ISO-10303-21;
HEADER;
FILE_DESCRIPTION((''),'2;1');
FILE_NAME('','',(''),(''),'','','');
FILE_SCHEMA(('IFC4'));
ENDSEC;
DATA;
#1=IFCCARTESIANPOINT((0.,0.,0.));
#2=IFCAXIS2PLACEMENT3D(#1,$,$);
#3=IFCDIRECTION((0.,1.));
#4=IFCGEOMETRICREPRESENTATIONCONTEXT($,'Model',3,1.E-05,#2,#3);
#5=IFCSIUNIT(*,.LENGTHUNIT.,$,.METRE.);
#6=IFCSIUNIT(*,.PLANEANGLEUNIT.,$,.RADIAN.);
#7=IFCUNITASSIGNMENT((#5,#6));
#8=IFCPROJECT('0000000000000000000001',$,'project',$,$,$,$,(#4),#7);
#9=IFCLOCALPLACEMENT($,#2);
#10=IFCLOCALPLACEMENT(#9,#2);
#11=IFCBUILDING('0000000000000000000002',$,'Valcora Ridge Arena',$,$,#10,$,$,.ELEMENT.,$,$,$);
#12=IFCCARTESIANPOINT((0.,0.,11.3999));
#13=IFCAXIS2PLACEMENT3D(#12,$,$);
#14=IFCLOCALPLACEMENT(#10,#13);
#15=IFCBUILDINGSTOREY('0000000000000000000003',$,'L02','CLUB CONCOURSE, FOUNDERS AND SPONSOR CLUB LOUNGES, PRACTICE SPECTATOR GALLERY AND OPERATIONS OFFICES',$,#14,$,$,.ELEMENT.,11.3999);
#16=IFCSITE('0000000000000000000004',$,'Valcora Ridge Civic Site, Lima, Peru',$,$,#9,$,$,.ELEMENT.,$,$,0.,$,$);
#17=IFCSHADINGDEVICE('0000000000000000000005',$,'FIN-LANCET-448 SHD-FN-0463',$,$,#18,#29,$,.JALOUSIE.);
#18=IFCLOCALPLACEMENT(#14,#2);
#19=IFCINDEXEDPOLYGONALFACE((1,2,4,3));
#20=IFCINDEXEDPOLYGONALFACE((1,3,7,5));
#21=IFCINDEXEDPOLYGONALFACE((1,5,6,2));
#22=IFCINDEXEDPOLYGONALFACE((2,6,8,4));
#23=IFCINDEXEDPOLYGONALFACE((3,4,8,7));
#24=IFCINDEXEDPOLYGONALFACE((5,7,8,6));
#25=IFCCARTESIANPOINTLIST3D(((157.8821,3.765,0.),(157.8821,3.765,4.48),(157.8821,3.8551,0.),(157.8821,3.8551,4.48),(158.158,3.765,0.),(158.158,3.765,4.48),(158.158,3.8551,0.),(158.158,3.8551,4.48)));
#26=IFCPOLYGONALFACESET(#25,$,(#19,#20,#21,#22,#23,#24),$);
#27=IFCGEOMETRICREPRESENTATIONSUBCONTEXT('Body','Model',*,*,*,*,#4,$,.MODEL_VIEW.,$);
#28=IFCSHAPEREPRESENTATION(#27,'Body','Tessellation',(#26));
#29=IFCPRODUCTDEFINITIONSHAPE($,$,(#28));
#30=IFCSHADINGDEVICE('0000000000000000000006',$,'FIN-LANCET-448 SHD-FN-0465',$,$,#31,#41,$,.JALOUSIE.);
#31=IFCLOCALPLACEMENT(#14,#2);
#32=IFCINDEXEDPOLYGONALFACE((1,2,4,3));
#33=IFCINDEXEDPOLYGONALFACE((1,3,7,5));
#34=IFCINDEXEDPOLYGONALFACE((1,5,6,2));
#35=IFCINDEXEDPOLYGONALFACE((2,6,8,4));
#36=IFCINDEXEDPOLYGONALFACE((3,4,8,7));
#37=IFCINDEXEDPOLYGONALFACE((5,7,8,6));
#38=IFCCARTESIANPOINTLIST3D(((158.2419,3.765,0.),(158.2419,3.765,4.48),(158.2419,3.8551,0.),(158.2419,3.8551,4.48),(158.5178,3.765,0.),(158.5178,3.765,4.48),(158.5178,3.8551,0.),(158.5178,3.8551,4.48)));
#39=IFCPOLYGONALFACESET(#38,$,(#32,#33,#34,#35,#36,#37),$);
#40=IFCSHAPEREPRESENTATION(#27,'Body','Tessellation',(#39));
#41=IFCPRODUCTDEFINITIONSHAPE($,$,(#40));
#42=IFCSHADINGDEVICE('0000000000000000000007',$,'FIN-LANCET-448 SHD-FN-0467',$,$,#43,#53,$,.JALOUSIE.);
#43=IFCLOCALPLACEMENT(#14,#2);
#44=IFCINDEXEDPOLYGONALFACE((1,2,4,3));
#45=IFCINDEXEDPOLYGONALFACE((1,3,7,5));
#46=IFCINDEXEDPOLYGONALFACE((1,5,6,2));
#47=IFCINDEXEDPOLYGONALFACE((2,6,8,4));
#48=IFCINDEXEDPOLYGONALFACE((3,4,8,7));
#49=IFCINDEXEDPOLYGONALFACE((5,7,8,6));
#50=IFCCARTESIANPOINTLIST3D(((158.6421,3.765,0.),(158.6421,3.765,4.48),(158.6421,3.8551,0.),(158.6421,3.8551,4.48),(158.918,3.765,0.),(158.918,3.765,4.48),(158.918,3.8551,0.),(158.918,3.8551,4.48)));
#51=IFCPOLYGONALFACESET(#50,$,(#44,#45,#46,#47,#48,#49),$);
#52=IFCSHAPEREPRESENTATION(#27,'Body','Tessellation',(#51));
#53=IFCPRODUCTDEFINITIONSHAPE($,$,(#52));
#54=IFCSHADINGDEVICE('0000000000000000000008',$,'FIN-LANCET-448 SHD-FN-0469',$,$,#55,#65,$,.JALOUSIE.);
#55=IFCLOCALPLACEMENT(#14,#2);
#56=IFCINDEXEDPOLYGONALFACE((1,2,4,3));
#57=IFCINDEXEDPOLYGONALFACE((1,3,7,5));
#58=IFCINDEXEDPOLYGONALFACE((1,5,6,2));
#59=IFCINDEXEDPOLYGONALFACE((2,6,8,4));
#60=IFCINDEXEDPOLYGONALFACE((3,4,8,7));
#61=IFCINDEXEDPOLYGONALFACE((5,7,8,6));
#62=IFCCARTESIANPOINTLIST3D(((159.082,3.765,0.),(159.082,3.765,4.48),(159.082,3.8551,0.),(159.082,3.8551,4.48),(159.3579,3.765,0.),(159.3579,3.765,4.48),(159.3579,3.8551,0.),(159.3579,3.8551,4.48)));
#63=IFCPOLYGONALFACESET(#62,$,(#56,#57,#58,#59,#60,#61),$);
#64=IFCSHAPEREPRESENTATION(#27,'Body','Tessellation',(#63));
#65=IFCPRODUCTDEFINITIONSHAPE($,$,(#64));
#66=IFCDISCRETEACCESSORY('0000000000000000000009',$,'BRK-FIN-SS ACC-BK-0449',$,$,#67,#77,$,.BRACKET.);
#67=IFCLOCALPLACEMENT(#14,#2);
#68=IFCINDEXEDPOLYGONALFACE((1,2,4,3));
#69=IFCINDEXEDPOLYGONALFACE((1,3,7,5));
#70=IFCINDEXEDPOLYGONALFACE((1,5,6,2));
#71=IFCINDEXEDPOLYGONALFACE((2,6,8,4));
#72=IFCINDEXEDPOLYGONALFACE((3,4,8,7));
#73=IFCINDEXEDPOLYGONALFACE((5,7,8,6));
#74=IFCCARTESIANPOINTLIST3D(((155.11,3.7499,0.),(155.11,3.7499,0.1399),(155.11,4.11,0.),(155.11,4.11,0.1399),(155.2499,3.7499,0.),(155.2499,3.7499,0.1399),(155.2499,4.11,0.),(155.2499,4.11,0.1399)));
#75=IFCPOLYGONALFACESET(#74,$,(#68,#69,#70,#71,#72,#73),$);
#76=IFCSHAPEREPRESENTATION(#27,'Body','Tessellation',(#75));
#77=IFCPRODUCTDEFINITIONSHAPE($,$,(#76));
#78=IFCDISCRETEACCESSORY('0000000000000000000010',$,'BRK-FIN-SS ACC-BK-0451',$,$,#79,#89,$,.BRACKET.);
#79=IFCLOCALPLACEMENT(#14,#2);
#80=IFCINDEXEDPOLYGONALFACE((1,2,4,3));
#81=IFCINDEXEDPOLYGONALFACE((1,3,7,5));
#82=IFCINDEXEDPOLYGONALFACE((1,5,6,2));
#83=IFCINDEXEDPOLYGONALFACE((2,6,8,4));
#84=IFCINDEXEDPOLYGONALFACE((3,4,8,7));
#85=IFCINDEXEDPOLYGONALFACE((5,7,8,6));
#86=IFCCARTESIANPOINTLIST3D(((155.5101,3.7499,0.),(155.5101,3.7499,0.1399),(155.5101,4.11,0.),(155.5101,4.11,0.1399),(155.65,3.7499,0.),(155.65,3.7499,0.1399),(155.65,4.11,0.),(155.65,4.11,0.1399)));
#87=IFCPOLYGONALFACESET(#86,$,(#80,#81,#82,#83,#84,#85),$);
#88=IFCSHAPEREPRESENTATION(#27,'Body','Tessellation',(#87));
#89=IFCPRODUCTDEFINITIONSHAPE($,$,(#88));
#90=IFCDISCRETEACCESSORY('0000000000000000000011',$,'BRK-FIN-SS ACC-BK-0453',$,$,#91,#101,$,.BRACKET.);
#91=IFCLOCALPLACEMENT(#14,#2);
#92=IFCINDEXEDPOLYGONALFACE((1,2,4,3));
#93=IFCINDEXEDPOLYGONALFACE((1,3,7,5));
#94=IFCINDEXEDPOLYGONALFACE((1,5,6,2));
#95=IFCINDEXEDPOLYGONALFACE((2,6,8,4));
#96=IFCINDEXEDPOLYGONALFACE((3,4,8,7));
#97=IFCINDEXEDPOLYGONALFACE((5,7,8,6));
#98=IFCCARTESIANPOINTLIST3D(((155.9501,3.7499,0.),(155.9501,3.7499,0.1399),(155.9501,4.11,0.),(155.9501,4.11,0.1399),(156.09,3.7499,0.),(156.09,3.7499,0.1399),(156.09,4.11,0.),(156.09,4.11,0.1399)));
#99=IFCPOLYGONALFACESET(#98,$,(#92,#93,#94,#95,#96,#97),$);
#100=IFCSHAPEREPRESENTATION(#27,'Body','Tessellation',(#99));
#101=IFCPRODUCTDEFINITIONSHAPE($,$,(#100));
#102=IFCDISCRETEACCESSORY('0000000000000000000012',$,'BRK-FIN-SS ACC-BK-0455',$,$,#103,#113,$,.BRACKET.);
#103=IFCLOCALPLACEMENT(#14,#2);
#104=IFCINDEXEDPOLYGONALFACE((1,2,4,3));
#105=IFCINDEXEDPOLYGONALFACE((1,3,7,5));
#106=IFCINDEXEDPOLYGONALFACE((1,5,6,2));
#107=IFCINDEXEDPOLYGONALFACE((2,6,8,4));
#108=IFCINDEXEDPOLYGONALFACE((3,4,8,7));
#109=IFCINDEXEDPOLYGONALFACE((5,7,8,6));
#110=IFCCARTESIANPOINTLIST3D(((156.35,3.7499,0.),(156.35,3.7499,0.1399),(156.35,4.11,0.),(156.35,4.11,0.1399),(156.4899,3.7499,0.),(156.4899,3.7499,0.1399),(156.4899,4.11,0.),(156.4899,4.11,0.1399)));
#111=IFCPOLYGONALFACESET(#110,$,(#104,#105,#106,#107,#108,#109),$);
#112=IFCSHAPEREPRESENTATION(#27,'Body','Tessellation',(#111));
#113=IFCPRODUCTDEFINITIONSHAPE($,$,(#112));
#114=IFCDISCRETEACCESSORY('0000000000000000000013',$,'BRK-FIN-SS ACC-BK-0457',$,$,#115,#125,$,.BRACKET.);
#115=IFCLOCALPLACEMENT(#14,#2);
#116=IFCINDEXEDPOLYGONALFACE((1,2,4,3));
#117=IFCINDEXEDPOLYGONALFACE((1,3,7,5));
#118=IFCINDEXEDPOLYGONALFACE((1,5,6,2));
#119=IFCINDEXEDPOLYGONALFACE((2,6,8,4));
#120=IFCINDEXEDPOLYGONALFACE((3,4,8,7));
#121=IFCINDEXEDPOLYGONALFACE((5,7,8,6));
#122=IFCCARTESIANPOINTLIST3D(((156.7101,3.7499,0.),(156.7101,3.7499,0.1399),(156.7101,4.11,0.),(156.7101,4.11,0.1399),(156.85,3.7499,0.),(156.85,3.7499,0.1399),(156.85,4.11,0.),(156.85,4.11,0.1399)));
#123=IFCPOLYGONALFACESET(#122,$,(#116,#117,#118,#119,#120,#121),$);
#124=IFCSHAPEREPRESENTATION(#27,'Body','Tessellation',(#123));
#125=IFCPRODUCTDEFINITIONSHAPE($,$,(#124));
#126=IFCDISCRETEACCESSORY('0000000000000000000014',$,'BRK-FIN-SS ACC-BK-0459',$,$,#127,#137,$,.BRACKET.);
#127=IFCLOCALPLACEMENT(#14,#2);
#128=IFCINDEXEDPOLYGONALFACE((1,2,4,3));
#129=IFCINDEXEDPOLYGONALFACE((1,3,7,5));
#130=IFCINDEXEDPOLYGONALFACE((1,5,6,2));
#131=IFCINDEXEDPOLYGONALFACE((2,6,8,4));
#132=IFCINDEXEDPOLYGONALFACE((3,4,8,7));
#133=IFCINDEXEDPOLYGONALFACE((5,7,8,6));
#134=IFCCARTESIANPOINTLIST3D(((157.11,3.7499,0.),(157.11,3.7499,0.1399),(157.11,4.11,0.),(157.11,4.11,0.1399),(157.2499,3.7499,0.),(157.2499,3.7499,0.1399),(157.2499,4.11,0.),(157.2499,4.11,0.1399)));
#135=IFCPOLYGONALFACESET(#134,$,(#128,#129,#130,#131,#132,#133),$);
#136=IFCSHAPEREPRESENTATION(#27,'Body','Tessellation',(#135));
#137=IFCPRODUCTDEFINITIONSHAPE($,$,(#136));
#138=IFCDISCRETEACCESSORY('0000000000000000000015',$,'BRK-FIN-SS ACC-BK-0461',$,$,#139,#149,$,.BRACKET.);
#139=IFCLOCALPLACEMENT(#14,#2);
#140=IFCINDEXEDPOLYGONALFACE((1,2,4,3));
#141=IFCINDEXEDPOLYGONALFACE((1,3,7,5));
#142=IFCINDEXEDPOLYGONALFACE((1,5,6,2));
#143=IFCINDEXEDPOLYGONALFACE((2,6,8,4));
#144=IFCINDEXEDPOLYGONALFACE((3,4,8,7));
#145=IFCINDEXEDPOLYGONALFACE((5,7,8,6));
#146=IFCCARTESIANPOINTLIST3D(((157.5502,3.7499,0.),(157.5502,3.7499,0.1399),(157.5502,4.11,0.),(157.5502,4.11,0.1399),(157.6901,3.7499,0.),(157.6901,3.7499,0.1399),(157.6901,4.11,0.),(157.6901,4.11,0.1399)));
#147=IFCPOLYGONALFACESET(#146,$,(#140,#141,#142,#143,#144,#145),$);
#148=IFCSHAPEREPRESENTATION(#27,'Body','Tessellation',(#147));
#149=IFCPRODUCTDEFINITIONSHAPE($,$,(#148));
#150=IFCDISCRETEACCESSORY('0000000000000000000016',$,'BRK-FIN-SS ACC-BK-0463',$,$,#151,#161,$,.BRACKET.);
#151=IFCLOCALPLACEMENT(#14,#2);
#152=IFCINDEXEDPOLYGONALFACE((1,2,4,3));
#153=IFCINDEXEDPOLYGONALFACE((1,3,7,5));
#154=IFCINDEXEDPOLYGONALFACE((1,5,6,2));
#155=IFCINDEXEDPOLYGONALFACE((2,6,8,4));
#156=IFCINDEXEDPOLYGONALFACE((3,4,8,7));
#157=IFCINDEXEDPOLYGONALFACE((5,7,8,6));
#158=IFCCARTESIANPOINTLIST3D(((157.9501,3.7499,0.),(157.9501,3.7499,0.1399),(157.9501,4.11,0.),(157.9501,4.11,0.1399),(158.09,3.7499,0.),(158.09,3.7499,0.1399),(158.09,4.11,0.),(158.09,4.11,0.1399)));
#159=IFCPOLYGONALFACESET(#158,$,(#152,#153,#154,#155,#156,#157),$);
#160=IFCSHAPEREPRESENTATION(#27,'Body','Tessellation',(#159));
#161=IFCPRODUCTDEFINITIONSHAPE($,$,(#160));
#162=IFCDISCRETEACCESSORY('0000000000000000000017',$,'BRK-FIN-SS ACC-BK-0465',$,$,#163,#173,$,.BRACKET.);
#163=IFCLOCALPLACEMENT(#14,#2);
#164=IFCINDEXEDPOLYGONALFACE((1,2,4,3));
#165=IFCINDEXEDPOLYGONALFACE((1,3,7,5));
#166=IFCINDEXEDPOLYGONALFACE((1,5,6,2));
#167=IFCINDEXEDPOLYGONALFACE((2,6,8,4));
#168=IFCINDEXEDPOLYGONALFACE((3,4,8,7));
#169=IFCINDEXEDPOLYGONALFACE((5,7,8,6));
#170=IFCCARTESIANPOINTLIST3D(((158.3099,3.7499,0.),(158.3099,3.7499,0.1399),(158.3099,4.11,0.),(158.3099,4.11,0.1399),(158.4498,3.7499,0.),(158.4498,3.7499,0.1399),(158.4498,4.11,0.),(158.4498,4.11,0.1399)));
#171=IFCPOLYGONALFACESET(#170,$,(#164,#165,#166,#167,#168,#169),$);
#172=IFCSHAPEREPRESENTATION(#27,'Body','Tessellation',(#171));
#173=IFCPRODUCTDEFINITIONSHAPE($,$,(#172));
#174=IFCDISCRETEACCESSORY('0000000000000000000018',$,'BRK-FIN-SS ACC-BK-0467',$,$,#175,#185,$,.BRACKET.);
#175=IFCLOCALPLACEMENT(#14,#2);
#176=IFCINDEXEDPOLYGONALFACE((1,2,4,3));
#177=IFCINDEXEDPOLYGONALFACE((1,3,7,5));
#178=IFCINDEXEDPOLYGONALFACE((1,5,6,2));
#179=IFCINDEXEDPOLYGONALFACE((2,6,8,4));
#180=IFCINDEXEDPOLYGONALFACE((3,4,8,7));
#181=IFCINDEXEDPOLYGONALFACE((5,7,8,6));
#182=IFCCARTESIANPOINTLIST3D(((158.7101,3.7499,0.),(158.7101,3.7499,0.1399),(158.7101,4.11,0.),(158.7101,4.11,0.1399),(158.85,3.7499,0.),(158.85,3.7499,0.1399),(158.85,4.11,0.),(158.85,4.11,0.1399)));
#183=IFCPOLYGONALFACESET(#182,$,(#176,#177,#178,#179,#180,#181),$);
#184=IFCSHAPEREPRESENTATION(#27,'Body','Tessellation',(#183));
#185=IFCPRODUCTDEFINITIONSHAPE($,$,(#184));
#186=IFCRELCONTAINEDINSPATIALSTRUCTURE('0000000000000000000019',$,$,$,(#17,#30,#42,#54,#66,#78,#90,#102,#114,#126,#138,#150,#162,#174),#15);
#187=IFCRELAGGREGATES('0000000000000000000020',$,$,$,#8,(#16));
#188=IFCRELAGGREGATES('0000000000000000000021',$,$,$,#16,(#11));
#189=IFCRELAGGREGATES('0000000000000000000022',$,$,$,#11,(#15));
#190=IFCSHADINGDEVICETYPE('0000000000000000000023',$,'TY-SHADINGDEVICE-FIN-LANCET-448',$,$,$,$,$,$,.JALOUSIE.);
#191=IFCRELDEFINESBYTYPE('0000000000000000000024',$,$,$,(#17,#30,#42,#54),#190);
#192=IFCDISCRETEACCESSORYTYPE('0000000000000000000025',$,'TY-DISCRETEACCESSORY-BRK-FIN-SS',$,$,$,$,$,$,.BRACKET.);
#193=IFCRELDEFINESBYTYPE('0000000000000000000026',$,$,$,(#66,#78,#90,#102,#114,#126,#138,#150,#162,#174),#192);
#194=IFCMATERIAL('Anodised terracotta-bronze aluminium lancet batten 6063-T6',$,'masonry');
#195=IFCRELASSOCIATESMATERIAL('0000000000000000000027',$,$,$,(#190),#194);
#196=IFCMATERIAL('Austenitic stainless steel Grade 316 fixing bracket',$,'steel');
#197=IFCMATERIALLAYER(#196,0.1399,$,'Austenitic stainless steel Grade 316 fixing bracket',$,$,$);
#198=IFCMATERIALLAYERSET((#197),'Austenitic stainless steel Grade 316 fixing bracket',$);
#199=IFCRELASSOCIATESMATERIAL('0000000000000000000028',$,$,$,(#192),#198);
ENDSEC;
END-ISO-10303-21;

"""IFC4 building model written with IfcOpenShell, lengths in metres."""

from ifc_helpers import new_model, si_unit, direction, frame, origin, origin_2d, place, context, subcontext, project, spatial, rectangle, extrude, material, layer, layer_set, material_profile, profile_set, type_object, element, save


model = new_model("IFC4")

# Units and contexts
model_context = context("Model", 3, precision=1e-05, world=origin(), true_north=direction((0.0, 1.0)))
body_context = subcontext(model_context, "Body", "Model", "MODEL_VIEW")
ifc_project = project(units=[si_unit("LENGTHUNIT", "METRE"), si_unit("PLANEANGLEUNIT", "RADIAN")], contexts=[model_context])

# Site, building, storey
site_placement = place(None, origin())
site = spatial("IfcSite", under=ifc_project, at=site_placement, Name="Valcora Ridge Civic Site, Lima, Peru", CompositionType="ELEMENT", RefElevation=0.0)
building_placement = place(site_placement, origin())
building = spatial("IfcBuilding", under=site, at=building_placement, Name="Valcora Ridge Arena", CompositionType="ELEMENT")
storey_placement = place(building_placement, frame((0.0, 0.0, 11.3999)))
storey = spatial("IfcBuildingStorey", under=building, at=storey_placement, Name="L02", Description="CLUB CONCOURSE, FOUNDERS AND SPONSOR CLUB LOUNGES, PRACTICE SPECTATOR GALLERY AND OPERATIONS OFFICES", CompositionType="ELEMENT", Elevation=11.3999)

# Shared definitions
ifc_material_1 = material(Name="Anodised terracotta-bronze aluminium lancet batten 6063-T6", Category="masonry")

# Shading devices
ifc_material_profile_1 = material_profile(ifc_material_1, rectangle(XDim=0.0901, YDim=0.2759, at=origin_2d()), Name="ALU LANCET BATTEN 90x276")
ifc_profile_set_1 = profile_set([ifc_material_profile_1], Name="Anodised terracotta-bronze aluminium lancet batten 6063-T6")
shading_device_type = type_object("IfcShadingDeviceType", Name="TY-SHADINGDEVICE-FIN-LANCET-448", PredefinedType="JALOUSIE", material=ifc_profile_set_1)
for number, where, z_axis, x_axis, name in (
    (1, (158.02, 3.8101, 0.0), (0.0, 0.0, 1.0), (0.0, 1.0, 0.0), "FIN-LANCET-448 SHD-FN-0463"),
    (2, (158.3799, 3.8101, 0.0), (0.0, 0.0, 1.0), (0.0, 1.0, 0.0), "FIN-LANCET-448 SHD-FN-0465"),
    (3, (158.78, 3.8101, 0.0), (0.0, 0.0, 1.0), (0.0, 1.0, 0.0), "FIN-LANCET-448 SHD-FN-0467"),
    (4, (159.22, 3.8101, 0.0), (0.0, 0.0, 1.0), (0.0, 1.0, 0.0), "FIN-LANCET-448 SHD-FN-0469"),
):
    element("IfcShadingDevice", number, at=place(storey_placement, frame(where, z_axis=z_axis, x_axis=x_axis)), inside=storey, type_object=shading_device_type, Name=name, PredefinedType="JALOUSIE", context=body_context, shape_type="SweptSolid", body=[
        extrude(rectangle(XDim=0.0901, YDim=0.2759, at=origin_2d()), origin(), (0.0, 0.0, 1.0), 4.48),
    ])

# Discrete accessories
ifc_material_2 = material(Name="Austenitic stainless steel Grade 316 fixing bracket", Category="steel")
ifc_layer_1 = layer(ifc_material_2, 0.1399, Name="Austenitic stainless steel Grade 316 fixing bracket")
ifc_layer_set_1 = layer_set([ifc_layer_1], Name="Austenitic stainless steel Grade 316 fixing bracket")
discrete_accessory_type = type_object("IfcDiscreteAccessoryType", Name="TY-DISCRETEACCESSORY-BRK-FIN-SS", PredefinedType="BRACKET", material=ifc_layer_set_1)
for number, where, z_axis, x_axis, name in (
    (5, (155.1799, 3.9299, 0.0), (0.0, 0.0, 1.0), (0.0, 1.0, 0.0), "BRK-FIN-SS ACC-BK-0449"),
    (6, (155.5801, 3.9299, 0.0), (0.0, 0.0, 1.0), (0.0, 1.0, 0.0), "BRK-FIN-SS ACC-BK-0451"),
    (7, (156.02, 3.9299, 0.0), (0.0, 0.0, 1.0), (0.0, 1.0, 0.0), "BRK-FIN-SS ACC-BK-0453"),
    (8, (156.4199, 3.9299, 0.0), (0.0, 0.0, 1.0), (0.0, 1.0, 0.0), "BRK-FIN-SS ACC-BK-0455"),
    (9, (156.78, 3.9299, 0.0), (0.0, 0.0, 1.0), (0.0, 1.0, 0.0), "BRK-FIN-SS ACC-BK-0457"),
    (10, (157.1799, 3.9299, 0.0), (0.0, 0.0, 1.0), (0.0, 1.0, 0.0), "BRK-FIN-SS ACC-BK-0459"),
    (11, (157.6201, 3.9299, 0.0), (0.0, 0.0, 1.0), (0.0, 1.0, 0.0), "BRK-FIN-SS ACC-BK-0461"),
    (12, (158.02, 3.9299, 0.0), (0.0, 0.0, 1.0), (0.0, 1.0, 0.0), "BRK-FIN-SS ACC-BK-0463"),
    (13, (158.3799, 3.9299, 0.0), (0.0, 0.0, 1.0), (0.0, 1.0, 0.0), "BRK-FIN-SS ACC-BK-0465"),
    (14, (158.78, 3.9299, 0.0), (0.0, 0.0, 1.0), (0.0, 1.0, 0.0), "BRK-FIN-SS ACC-BK-0467"),
):
    element("IfcDiscreteAccessory", number, at=place(storey_placement, frame(where, z_axis=z_axis, x_axis=x_axis)), inside=storey, type_object=discrete_accessory_type, Name=name, PredefinedType="BRACKET", context=body_context, shape_type="SweptSolid", body=[
        extrude(rectangle(XDim=0.3601, YDim=0.1399, at=origin_2d()), origin(), (0.0, 0.0, 1.0), 0.1399),
    ])

save(model, "model.ifc")
